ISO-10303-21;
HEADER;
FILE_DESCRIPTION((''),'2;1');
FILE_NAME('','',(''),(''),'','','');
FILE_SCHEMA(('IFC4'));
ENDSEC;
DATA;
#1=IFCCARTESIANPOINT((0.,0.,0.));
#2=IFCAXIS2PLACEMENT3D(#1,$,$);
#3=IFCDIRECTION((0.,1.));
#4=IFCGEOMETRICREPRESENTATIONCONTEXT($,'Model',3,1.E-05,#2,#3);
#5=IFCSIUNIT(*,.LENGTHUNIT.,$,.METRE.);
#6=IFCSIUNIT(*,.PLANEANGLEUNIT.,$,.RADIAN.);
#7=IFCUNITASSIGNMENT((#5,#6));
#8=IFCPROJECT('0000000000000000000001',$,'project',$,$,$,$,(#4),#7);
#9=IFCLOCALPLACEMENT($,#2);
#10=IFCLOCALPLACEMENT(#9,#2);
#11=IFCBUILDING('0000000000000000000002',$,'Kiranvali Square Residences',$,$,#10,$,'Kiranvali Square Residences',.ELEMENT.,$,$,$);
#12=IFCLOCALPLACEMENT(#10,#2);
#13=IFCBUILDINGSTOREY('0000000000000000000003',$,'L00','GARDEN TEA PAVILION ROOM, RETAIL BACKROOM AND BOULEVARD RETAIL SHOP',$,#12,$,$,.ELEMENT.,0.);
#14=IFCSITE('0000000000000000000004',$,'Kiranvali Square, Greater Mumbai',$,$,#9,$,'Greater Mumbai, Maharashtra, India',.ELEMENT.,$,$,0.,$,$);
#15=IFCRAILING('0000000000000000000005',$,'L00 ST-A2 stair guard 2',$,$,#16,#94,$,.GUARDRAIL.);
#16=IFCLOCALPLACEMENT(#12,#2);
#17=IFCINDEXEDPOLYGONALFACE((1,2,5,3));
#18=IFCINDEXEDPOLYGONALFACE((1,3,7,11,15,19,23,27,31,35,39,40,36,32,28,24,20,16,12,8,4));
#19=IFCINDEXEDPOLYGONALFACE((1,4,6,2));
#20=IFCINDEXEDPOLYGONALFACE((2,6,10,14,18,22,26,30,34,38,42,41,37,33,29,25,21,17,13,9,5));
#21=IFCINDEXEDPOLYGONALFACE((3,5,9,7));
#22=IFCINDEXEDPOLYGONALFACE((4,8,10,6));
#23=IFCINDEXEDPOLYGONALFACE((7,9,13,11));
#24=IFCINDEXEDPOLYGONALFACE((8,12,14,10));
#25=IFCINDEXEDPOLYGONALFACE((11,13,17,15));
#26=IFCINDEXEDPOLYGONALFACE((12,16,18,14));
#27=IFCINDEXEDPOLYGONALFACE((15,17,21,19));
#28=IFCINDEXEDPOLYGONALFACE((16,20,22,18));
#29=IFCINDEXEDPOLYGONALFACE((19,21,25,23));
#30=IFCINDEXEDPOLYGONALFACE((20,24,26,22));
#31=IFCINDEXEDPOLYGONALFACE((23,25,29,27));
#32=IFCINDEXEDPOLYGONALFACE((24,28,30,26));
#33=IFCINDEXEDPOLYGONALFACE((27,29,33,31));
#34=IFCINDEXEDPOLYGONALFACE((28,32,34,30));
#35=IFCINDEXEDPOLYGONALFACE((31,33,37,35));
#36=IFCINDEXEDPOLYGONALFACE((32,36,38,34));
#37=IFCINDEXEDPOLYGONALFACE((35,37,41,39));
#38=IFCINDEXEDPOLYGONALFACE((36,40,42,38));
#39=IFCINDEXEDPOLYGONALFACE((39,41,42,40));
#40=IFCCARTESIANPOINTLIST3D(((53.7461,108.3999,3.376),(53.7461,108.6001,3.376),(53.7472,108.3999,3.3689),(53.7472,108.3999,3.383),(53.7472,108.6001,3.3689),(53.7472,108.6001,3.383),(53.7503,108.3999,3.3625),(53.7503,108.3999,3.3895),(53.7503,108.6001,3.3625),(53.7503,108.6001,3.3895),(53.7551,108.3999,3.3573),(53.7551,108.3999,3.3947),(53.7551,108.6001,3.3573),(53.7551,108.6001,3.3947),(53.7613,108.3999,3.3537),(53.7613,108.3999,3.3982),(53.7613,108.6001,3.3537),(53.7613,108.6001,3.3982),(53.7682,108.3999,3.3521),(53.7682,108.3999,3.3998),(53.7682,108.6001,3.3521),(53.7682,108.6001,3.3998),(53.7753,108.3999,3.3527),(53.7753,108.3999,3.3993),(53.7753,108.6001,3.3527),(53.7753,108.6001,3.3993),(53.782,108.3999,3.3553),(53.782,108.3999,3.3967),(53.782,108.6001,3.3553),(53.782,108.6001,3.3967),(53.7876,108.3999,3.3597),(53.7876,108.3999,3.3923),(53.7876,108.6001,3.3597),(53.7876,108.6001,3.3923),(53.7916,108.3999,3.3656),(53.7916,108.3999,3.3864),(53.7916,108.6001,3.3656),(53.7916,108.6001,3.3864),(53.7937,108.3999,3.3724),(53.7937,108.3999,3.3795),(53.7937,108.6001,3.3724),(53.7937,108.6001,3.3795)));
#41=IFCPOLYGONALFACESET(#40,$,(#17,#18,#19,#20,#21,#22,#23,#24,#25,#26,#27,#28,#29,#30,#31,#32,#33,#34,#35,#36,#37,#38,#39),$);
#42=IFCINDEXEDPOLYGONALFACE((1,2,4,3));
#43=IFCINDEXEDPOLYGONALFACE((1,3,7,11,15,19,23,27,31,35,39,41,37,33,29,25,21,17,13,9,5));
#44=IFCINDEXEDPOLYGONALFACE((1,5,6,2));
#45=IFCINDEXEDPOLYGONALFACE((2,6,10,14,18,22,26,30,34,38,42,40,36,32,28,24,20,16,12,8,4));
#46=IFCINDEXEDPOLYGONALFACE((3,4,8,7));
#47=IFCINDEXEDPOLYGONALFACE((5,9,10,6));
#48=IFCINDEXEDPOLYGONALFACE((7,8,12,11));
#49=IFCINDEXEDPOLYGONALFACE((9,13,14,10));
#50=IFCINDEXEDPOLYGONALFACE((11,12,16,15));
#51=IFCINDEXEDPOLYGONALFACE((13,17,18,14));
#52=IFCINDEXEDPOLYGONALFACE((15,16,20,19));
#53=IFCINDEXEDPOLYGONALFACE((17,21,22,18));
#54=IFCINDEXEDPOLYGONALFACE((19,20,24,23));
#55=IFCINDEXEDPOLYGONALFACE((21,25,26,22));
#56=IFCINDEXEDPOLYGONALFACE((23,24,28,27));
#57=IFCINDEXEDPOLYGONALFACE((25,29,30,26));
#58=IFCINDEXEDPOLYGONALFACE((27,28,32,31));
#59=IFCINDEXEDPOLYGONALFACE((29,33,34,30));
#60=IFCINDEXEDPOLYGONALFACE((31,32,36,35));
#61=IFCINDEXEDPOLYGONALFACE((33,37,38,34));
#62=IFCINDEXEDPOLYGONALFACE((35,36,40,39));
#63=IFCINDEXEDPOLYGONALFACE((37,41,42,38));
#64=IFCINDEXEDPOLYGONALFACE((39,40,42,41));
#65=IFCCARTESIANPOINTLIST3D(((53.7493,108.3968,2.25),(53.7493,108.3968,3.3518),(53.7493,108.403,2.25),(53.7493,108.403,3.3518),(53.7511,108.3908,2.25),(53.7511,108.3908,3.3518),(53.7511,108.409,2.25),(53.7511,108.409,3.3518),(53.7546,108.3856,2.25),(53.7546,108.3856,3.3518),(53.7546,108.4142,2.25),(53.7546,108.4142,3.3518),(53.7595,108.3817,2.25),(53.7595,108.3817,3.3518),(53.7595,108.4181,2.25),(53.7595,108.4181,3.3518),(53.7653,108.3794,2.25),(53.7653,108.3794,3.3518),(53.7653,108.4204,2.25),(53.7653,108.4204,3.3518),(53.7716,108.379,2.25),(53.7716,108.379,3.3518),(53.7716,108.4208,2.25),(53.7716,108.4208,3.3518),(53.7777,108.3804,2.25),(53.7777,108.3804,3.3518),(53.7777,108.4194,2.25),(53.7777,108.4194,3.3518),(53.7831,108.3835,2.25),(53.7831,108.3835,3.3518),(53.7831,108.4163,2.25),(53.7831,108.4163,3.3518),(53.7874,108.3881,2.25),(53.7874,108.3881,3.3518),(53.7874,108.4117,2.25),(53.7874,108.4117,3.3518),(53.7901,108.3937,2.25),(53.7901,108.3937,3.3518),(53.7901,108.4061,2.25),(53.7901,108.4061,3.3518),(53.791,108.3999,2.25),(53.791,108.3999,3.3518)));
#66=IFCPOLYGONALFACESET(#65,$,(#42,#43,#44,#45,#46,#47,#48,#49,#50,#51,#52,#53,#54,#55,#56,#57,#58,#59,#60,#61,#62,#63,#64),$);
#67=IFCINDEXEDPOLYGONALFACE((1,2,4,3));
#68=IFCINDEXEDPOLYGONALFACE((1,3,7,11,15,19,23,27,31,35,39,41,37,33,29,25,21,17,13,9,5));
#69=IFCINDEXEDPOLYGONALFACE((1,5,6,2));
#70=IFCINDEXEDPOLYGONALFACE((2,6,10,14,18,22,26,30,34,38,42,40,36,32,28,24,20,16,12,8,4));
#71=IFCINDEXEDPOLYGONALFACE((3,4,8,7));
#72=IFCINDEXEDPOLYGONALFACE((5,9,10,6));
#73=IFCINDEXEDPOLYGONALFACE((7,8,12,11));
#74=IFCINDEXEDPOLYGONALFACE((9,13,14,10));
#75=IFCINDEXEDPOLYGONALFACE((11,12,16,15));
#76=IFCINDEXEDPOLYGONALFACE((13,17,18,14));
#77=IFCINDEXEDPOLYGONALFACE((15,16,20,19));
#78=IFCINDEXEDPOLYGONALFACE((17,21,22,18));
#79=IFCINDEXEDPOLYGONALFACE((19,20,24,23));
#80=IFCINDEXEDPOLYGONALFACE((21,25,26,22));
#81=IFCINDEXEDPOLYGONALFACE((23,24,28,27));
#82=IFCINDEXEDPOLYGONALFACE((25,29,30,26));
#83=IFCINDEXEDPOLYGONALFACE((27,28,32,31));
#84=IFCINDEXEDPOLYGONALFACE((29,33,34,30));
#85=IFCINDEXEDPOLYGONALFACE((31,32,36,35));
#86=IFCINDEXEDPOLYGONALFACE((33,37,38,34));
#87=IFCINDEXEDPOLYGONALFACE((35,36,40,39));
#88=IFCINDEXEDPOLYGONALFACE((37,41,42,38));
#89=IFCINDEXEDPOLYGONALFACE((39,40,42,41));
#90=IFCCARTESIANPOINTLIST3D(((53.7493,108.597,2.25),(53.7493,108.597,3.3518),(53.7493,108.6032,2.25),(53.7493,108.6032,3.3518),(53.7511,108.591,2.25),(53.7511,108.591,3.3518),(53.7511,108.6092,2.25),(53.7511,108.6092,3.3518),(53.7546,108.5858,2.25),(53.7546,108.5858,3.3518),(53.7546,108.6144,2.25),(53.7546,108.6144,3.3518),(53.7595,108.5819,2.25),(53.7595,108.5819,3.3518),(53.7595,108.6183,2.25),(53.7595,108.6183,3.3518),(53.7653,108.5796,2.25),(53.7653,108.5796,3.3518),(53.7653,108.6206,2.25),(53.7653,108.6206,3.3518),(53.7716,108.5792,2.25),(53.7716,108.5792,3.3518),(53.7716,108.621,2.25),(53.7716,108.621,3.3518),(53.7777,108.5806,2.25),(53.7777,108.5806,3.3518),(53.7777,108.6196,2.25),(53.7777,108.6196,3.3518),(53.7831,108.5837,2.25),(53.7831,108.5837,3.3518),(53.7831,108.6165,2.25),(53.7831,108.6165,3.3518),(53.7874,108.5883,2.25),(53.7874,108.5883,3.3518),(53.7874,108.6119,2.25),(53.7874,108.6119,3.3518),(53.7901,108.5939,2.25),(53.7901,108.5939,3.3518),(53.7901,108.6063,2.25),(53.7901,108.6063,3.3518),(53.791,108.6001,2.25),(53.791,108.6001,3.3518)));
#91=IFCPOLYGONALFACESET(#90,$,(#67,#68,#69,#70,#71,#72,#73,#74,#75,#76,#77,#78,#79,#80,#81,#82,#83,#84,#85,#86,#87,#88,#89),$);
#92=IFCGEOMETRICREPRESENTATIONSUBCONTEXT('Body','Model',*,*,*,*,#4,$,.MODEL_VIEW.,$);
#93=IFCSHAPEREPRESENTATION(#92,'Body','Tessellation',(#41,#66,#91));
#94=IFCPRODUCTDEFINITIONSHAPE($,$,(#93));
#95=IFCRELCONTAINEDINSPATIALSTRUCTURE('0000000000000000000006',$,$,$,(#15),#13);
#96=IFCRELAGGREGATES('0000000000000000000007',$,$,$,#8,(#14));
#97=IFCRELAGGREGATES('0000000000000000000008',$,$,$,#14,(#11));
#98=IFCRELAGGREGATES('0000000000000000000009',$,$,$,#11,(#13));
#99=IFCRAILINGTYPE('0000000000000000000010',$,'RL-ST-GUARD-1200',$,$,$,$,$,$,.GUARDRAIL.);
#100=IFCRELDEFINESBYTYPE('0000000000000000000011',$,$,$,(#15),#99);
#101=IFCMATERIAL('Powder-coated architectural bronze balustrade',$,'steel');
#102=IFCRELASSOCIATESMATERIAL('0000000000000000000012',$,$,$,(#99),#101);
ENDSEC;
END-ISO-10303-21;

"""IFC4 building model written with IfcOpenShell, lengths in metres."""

from ifc_helpers import new_model, si_unit, direction, frame, origin, origin_2d, place, context, subcontext, project, spatial, circle, extrude, material, type_object, element, save


model = new_model("IFC4")

# Units and contexts
model_context = context("Model", 3, precision=1e-05, world=origin(), true_north=direction((0.0, 1.0)))
body_context = subcontext(model_context, "Body", "Model", "MODEL_VIEW")
ifc_project = project(units=[si_unit("LENGTHUNIT", "METRE"), si_unit("PLANEANGLEUNIT", "RADIAN")], contexts=[model_context])

# Site, building, storey
site_placement = place(None, origin())
site = spatial("IfcSite", under=ifc_project, at=site_placement, Name="Kiranvali Square, Greater Mumbai", LongName="Greater Mumbai, Maharashtra, India", CompositionType="ELEMENT", RefElevation=0.0)
building_placement = place(site_placement, origin())
building = spatial("IfcBuilding", under=site, at=building_placement, Name="Kiranvali Square Residences", LongName="Kiranvali Square Residences", CompositionType="ELEMENT")
storey_placement = place(building_placement, origin())
storey = spatial("IfcBuildingStorey", under=building, at=storey_placement, Name="L00", Description="GARDEN TEA PAVILION ROOM, RETAIL BACKROOM AND BOULEVARD RETAIL SHOP", CompositionType="ELEMENT", Elevation=0.0)

# Railing
ifc_material_1 = material(Name="Powder-coated architectural bronze balustrade", Category="steel")
railing_type_1 = type_object("IfcRailingType", Name="RL-ST-GUARD-1200", PredefinedType="GUARDRAIL", material=ifc_material_1)
railing_1_placement = place(storey_placement, frame((53.77, 108.3999, 2.25)))
element("IfcRailing", 1, at=railing_1_placement, inside=storey, type_object=railing_type_1, Name="L00 ST-A2 stair guard 2", PredefinedType="GUARDRAIL", context=body_context, shape_type="SweptSolid", body=[
    extrude(circle(Radius=0.0239, at=origin_2d()), frame((0.0, 0.0, 1.126), z_axis=(0.0, 1.0, 0.0), x_axis=(-1.0, 0.0, 0.0)), (0.0, 0.0, 1.0), 0.2002),
    extrude(circle(Radius=0.021, at=origin_2d()), origin(), (0.0, 0.0, 1.0), 1.1018),
    extrude(circle(Radius=0.021, at=origin_2d()), frame((0.0, 0.2002, 0.0)), (0.0, 0.0, 1.0), 1.1018),
])

save(model, "model.ifc")
